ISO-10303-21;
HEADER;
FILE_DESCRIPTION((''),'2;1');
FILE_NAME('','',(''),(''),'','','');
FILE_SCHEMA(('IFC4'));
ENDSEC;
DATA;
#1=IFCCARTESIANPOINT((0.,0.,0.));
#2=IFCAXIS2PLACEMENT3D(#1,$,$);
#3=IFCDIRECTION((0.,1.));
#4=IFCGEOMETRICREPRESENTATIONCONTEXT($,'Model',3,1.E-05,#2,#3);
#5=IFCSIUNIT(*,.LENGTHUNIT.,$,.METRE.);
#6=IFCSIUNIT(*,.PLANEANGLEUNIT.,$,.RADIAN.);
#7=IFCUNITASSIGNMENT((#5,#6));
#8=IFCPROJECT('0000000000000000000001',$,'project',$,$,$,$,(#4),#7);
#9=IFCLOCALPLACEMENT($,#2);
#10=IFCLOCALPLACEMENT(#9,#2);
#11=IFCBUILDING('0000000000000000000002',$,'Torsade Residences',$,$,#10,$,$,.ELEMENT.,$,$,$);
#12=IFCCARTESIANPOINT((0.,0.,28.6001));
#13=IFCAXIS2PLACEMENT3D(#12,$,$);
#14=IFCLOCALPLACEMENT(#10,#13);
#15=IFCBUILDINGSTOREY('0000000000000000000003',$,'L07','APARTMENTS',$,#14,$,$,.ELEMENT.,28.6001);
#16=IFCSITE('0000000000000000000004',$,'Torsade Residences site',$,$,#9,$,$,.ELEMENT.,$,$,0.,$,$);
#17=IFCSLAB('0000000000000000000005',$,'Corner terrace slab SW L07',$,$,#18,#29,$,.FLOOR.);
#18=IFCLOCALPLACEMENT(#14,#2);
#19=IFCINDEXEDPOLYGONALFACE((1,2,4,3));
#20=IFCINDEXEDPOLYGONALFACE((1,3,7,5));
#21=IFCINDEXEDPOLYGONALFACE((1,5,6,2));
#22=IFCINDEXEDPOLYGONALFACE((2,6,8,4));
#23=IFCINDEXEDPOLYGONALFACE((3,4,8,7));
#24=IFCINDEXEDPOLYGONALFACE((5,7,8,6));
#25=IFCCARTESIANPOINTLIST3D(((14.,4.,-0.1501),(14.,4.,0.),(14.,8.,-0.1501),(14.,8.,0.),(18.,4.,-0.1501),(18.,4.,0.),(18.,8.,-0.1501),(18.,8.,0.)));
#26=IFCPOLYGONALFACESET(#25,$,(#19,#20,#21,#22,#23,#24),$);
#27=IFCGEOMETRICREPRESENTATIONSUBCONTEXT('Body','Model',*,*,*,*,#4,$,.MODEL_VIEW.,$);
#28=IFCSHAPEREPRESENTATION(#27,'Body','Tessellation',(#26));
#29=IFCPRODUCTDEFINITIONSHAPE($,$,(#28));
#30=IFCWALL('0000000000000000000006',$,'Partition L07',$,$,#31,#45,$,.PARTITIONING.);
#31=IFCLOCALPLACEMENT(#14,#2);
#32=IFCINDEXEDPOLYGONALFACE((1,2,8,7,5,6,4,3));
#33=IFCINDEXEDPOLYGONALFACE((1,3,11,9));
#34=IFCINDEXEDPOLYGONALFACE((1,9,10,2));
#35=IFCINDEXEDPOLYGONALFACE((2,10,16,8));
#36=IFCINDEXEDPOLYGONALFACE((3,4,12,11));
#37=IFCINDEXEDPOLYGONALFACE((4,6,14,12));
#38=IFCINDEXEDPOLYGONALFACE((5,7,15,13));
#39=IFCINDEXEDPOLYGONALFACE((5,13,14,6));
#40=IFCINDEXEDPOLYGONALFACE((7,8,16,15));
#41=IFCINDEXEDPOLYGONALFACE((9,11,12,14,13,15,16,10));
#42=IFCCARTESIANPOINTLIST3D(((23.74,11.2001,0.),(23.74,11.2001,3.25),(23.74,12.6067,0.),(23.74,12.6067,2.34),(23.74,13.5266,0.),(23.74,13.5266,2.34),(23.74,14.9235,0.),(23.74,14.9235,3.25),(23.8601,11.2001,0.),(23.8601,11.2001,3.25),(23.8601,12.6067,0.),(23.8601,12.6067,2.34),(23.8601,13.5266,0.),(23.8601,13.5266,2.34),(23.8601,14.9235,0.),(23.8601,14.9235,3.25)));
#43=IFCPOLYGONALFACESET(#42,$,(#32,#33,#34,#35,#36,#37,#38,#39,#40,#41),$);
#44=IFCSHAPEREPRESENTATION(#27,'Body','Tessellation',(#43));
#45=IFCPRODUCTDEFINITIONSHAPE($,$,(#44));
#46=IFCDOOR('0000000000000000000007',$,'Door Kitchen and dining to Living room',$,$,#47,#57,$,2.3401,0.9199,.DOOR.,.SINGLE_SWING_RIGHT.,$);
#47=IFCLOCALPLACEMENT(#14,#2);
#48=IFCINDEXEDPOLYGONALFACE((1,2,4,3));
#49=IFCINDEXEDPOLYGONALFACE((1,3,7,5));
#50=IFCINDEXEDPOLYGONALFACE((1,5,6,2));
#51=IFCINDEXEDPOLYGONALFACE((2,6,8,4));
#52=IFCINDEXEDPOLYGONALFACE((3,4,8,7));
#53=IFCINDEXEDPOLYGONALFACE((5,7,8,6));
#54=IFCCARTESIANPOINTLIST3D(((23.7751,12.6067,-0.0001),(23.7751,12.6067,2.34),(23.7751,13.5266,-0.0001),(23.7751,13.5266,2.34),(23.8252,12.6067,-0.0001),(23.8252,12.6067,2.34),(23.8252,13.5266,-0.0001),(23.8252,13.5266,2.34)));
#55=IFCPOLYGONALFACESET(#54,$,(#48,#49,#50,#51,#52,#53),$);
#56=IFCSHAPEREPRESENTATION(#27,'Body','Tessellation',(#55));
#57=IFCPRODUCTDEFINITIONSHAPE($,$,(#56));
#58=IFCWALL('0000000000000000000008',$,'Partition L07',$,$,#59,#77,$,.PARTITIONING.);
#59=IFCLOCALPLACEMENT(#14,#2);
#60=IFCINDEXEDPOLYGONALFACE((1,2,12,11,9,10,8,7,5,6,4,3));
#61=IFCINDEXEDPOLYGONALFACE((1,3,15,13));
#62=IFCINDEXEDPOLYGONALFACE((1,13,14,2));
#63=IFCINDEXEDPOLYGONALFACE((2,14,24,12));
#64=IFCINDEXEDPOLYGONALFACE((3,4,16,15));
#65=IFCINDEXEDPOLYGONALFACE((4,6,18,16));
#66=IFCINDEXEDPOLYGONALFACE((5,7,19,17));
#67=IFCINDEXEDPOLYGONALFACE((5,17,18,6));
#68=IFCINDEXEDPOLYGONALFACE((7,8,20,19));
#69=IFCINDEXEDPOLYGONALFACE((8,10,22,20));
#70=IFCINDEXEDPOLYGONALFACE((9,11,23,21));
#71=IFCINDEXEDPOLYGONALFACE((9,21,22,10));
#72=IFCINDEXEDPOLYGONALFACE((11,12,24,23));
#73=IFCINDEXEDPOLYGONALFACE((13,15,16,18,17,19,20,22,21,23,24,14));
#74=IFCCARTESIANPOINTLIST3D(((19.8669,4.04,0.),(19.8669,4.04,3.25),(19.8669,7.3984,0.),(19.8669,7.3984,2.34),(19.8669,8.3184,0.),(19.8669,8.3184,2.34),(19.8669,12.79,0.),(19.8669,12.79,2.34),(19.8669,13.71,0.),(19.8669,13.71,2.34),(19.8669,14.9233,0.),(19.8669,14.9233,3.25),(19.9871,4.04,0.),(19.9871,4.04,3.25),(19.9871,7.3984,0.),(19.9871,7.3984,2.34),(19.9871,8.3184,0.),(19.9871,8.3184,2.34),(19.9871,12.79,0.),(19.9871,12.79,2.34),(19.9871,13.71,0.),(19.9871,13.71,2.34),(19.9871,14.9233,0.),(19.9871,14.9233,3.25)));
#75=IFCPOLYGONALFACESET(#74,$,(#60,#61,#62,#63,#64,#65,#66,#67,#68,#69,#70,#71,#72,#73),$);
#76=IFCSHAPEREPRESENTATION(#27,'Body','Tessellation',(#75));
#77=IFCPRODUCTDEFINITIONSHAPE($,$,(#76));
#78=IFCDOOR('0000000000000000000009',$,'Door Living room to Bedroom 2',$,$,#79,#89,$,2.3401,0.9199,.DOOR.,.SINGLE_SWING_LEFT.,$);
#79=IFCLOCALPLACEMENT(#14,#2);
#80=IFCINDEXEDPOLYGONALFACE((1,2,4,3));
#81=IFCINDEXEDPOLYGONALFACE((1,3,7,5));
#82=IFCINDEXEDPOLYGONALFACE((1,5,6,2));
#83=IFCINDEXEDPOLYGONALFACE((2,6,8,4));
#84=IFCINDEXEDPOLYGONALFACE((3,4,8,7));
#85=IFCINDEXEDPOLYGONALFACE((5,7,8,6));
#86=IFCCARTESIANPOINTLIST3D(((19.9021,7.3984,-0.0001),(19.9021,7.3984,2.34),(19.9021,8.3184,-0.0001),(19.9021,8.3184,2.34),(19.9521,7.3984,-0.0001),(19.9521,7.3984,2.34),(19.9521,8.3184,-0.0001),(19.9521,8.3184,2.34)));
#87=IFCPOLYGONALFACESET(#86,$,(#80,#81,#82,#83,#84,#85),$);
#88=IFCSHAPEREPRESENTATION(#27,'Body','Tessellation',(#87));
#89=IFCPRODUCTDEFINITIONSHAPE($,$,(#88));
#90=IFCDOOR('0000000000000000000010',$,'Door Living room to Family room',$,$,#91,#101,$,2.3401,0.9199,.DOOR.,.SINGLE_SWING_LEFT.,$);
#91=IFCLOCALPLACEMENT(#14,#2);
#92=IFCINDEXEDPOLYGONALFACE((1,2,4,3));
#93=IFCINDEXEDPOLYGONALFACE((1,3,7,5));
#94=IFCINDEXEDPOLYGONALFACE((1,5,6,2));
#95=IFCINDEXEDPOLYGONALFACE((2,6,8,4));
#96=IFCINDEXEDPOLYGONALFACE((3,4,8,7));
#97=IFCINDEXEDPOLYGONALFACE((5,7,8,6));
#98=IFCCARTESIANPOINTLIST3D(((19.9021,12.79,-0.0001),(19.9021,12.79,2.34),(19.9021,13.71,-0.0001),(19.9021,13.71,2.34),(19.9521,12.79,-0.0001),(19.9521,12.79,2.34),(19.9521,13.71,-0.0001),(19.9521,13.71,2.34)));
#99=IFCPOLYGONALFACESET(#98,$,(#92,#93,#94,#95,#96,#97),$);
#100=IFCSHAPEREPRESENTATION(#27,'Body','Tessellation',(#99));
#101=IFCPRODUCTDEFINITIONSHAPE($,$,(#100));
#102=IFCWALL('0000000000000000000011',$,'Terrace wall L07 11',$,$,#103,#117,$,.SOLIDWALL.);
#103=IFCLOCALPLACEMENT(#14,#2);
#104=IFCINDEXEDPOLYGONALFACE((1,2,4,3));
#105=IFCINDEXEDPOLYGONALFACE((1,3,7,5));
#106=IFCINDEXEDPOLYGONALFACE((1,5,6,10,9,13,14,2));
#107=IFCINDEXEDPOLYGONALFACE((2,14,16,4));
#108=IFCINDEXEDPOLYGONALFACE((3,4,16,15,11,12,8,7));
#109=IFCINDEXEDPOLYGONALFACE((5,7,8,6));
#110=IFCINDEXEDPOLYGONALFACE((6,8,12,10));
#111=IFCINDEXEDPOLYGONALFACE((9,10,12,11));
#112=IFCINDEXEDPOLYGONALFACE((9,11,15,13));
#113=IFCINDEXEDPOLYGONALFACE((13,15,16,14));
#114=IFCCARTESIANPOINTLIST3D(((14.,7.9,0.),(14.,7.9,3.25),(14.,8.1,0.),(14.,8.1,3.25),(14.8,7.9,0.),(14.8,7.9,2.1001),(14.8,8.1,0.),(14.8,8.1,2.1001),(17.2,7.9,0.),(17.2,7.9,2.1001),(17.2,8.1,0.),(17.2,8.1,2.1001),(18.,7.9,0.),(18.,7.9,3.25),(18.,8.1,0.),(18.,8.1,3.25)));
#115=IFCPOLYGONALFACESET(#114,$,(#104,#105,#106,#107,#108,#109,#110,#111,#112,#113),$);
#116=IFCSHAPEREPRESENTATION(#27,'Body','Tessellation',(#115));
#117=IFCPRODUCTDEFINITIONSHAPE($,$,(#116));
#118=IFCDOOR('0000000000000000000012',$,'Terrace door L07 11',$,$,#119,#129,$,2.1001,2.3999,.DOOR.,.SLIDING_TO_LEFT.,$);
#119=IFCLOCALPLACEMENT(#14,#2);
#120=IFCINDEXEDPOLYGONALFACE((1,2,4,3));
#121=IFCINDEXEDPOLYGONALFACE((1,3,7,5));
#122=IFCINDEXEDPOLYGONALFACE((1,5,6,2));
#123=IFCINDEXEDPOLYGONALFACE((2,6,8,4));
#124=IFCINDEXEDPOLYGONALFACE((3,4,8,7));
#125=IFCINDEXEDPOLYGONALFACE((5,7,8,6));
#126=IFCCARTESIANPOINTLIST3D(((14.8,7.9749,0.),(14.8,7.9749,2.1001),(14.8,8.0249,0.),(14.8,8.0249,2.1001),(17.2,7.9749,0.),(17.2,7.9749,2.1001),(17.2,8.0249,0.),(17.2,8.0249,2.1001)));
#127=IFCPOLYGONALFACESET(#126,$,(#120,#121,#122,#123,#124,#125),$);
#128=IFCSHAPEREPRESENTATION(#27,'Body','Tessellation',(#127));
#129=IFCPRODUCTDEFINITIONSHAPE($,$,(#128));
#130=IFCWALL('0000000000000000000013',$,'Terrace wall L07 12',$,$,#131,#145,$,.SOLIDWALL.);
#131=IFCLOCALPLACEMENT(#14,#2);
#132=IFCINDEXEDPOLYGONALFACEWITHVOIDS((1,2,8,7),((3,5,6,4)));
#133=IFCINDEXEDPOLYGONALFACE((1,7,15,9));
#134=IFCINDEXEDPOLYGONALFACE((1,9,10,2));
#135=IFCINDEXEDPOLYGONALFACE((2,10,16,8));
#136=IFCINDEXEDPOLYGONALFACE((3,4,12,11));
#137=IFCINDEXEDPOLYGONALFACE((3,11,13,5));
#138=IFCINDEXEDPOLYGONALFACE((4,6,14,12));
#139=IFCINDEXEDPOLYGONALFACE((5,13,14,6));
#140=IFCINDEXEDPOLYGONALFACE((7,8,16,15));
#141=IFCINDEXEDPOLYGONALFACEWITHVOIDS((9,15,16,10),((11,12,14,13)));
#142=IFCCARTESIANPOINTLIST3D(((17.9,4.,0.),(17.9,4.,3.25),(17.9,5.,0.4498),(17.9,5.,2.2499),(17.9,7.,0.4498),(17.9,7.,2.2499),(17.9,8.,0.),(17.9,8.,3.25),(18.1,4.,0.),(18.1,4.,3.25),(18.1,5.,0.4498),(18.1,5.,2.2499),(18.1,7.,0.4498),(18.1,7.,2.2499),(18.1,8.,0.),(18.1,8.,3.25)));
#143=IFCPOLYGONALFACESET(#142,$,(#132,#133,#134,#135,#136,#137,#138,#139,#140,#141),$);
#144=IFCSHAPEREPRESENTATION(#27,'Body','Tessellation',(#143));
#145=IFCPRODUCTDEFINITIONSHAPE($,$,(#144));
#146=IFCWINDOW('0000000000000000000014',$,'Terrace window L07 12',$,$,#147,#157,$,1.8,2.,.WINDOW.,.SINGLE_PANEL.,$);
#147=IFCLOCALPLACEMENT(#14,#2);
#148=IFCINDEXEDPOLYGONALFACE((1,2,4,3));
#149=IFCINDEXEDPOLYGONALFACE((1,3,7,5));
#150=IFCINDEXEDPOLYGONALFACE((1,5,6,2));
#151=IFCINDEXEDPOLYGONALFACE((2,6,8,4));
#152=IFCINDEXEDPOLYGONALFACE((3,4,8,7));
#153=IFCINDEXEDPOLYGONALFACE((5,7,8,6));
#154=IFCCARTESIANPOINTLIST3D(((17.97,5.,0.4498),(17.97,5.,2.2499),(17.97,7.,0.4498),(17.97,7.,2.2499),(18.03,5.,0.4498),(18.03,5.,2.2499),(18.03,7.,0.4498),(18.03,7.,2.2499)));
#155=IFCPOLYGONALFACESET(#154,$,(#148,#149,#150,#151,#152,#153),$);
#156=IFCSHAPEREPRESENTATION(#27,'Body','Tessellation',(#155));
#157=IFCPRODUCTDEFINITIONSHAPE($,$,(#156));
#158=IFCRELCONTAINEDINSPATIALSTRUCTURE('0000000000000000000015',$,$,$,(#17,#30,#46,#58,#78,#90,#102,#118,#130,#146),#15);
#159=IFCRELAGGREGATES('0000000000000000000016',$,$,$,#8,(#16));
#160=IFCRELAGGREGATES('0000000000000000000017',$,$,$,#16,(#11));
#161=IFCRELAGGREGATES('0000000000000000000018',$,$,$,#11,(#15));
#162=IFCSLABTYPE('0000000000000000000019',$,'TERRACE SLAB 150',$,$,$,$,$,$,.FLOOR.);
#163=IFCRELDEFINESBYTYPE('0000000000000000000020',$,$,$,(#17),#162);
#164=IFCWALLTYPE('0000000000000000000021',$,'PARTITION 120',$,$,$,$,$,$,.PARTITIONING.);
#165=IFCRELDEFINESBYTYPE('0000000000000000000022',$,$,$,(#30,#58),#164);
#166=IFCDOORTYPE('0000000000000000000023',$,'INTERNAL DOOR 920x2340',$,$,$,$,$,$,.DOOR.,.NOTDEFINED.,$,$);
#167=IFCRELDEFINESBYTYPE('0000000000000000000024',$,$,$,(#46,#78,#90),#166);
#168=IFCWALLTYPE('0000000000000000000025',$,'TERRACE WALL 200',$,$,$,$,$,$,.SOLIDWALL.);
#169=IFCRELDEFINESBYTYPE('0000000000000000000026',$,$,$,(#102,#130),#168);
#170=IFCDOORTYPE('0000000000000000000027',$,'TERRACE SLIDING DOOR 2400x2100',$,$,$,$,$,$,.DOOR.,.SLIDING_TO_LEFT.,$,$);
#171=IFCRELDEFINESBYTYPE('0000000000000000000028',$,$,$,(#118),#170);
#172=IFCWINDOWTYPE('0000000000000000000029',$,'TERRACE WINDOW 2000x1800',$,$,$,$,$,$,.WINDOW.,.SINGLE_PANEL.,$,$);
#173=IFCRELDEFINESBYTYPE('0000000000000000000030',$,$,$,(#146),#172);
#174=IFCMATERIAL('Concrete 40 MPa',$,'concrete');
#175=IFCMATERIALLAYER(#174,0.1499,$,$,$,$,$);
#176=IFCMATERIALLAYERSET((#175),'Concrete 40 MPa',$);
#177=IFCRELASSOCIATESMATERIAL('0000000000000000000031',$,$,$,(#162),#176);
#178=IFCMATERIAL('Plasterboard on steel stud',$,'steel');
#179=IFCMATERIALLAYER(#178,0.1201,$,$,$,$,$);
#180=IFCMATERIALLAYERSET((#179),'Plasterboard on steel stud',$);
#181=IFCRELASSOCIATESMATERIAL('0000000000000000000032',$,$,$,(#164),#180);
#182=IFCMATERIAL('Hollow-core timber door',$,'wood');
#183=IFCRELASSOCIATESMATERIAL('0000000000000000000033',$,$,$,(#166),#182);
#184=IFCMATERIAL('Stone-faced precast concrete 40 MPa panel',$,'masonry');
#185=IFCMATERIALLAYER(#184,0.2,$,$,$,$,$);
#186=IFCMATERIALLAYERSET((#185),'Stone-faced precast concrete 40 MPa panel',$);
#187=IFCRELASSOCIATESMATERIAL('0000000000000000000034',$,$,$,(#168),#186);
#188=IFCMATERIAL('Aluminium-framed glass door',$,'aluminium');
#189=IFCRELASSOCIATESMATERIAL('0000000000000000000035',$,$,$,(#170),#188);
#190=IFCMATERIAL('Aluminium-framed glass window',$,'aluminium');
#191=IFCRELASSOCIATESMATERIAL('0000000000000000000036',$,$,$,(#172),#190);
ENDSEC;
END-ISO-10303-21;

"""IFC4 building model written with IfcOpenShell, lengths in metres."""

from ifc_helpers import new_model, si_unit, direction, frame, frame_2d, origin, place, context, subcontext, project, spatial, polyline, rectangle, outline, extrude, material, layer, layer_set, type_object, element, fill, save


model = new_model("IFC4")

# Units and contexts
model_context = context("Model", 3, precision=1e-05, world=origin(), true_north=direction((0.0, 1.0)))
body_context = subcontext(model_context, "Body", "Model", "MODEL_VIEW")
ifc_project = project(units=[si_unit("LENGTHUNIT", "METRE"), si_unit("PLANEANGLEUNIT", "RADIAN")], contexts=[model_context])

# Site, building, storey
site_placement = place(None, origin())
site = spatial("IfcSite", under=ifc_project, at=site_placement, Name="Torsade Residences site", CompositionType="ELEMENT", RefElevation=0.0)
building_placement = place(site_placement, origin())
building = spatial("IfcBuilding", under=site, at=building_placement, Name="Torsade Residences", CompositionType="ELEMENT")
storey_placement = place(building_placement, frame((0.0, 0.0, 28.6001)))
storey = spatial("IfcBuildingStorey", under=building, at=storey_placement, Name="L07", Description="APARTMENTS", CompositionType="ELEMENT", Elevation=28.6001)

# Slab
ifc_material_1 = material(Name="Concrete 40 MPa", Category="concrete")
ifc_layer_1 = layer(ifc_material_1, 0.1499)
ifc_layer_set_1 = layer_set([ifc_layer_1], Name="Concrete 40 MPa")
slab_type_1 = type_object("IfcSlabType", Name="TERRACE SLAB 150", PredefinedType="FLOOR", material=ifc_layer_set_1)
slab_1_placement = place(storey_placement, frame((0.0, 0.0, -0.1501)))
element("IfcSlab", 1, at=slab_1_placement, inside=storey, type_object=slab_type_1, Name="Corner terrace slab SW L07", PredefinedType="FLOOR", context=body_context, shape_type="SweptSolid", body=[
    extrude(outline(polyline([(14.0, 4.0), (18.0, 4.0), (18.0, 8.0), (14.0, 8.0), (14.0, 4.0)])), origin(), (0.0, 0.0, 1.0), 0.1501),
])

# Wall, opening, door
ifc_material_2 = material(Name="Plasterboard on steel stud", Category="steel")
ifc_layer_2 = layer(ifc_material_2, 0.1201)
ifc_layer_set_2 = layer_set([ifc_layer_2], Name="Plasterboard on steel stud")
wall_type_1 = type_object("IfcWallType", Name="PARTITION 120", PredefinedType="PARTITIONING", material=ifc_layer_set_2)
wall_1_placement = place(storey_placement, frame((23.8, 11.2, 0.0), z_axis=(0.0, 0.0, 1.0), x_axis=(0.0, 1.0, 0.0)))
wall_1 = element("IfcWall", 2, at=wall_1_placement, inside=storey, type_object=wall_type_1, Name="Partition L07", PredefinedType="PARTITIONING", context=body_context, shape_type="SweptSolid", body=[
    extrude(rectangle(XDim=3.7234, YDim=0.1201, at=frame_2d((1.8618, 0.0))), origin(), (0.0, 0.0, 1.0), 3.25),
])
opening_1_placement = place(wall_1_placement, frame((1.4067, 0.0, 0.0)))
opening_1 = element("IfcOpeningElement", 3, at=opening_1_placement, cuts=wall_1, PredefinedType="OPENING", context=body_context, shape_type="SweptSolid", body=[
    extrude(rectangle(XDim=0.9199, YDim=2.3401, at=frame_2d((0.46, 1.1699))), frame((0.0, 0.0701, 0.0), z_axis=(0.0, -1.0, 0.0), x_axis=(1.0, 0.0, 0.0)), (0.0, 0.0, 1.0), 0.1401),
])
ifc_material_3 = material(Name="Hollow-core timber door", Category="wood")
door_type_1 = type_object("IfcDoorType", Name="INTERNAL DOOR 920x2340", OperationType="NOTDEFINED", PredefinedType="DOOR", material=ifc_material_3)
door_1_placement = place(opening_1_placement, origin())
door_1 = element("IfcDoor", 4, at=door_1_placement, inside=storey, type_object=door_type_1, Name="Door Kitchen and dining to Living room", OperationType="SINGLE_SWING_RIGHT", OverallHeight=2.3401, OverallWidth=0.9199, PredefinedType="DOOR", context=body_context, shape_type="SweptSolid", body=[
    extrude(rectangle(XDim=0.9199, YDim=2.3401, at=frame_2d((0.46, 1.1699))), frame((0.0, 0.0249, 0.0), z_axis=(0.0, -1.0, 0.0), x_axis=(1.0, 0.0, 0.0)), (0.0, 0.0, 1.0), 0.05),
])
fill(opening_1, door_1)

# Wall, openings, doors
wall_2_placement = place(storey_placement, frame((19.927, 4.04, 0.0), z_axis=(0.0, 0.0, 1.0), x_axis=(0.0, 1.0, 0.0)))
wall_2 = element("IfcWall", 5, at=wall_2_placement, inside=storey, type_object=wall_type_1, Name="Partition L07", PredefinedType="PARTITIONING", context=body_context, shape_type="SweptSolid", body=[
    extrude(rectangle(XDim=10.8833, YDim=0.1201, at=frame_2d((5.4417, 0.0))), origin(), (0.0, 0.0, 1.0), 3.25),
])
opening_2_placement = place(wall_2_placement, frame((3.3584, 0.0, 0.0)))
opening_2 = element("IfcOpeningElement", 6, at=opening_2_placement, cuts=wall_2, PredefinedType="OPENING", context=body_context, shape_type="SweptSolid", body=[
    extrude(rectangle(XDim=0.9199, YDim=2.3401, at=frame_2d((0.46, 1.1699))), frame((0.0, 0.0701, 0.0), z_axis=(0.0, -1.0, 0.0), x_axis=(1.0, 0.0, 0.0)), (0.0, 0.0, 1.0), 0.1401),
])
opening_3_placement = place(wall_2_placement, frame((8.75, 0.0, 0.0)))
opening_3 = element("IfcOpeningElement", 7, at=opening_3_placement, cuts=wall_2, PredefinedType="OPENING", context=body_context, shape_type="SweptSolid", body=[
    extrude(rectangle(XDim=0.9199, YDim=2.3401, at=frame_2d((0.46, 1.1699))), frame((0.0, 0.0701, 0.0), z_axis=(0.0, -1.0, 0.0), x_axis=(1.0, 0.0, 0.0)), (0.0, 0.0, 1.0), 0.1401),
])
door_2_placement = place(opening_2_placement, origin())
door_2 = element("IfcDoor", 8, at=door_2_placement, inside=storey, type_object=door_type_1, Name="Door Living room to Bedroom 2", OperationType="SINGLE_SWING_LEFT", OverallHeight=2.3401, OverallWidth=0.9199, PredefinedType="DOOR", context=body_context, shape_type="SweptSolid", body=[
    extrude(rectangle(XDim=0.9199, YDim=2.3401, at=frame_2d((0.46, 1.1699))), frame((0.0, 0.0249, 0.0), z_axis=(0.0, -1.0, 0.0), x_axis=(1.0, 0.0, 0.0)), (0.0, 0.0, 1.0), 0.05),
])
fill(opening_2, door_2)
door_3_placement = place(opening_3_placement, origin())
door_3 = element("IfcDoor", 9, at=door_3_placement, inside=storey, type_object=door_type_1, Name="Door Living room to Family room", OperationType="SINGLE_SWING_LEFT", OverallHeight=2.3401, OverallWidth=0.9199, PredefinedType="DOOR", context=body_context, shape_type="SweptSolid", body=[
    extrude(rectangle(XDim=0.9199, YDim=2.3401, at=frame_2d((0.46, 1.1699))), frame((0.0, 0.0249, 0.0), z_axis=(0.0, -1.0, 0.0), x_axis=(1.0, 0.0, 0.0)), (0.0, 0.0, 1.0), 0.05),
])
fill(opening_3, door_3)

# Wall, opening, door
ifc_material_4 = material(Name="Stone-faced precast concrete 40 MPa panel", Category="masonry")
ifc_layer_3 = layer(ifc_material_4, 0.2)
ifc_layer_set_3 = layer_set([ifc_layer_3], Name="Stone-faced precast concrete 40 MPa panel")
wall_type_2 = type_object("IfcWallType", Name="TERRACE WALL 200", PredefinedType="SOLIDWALL", material=ifc_layer_set_3)
wall_3_placement = place(storey_placement, frame((14.0, 8.0, 0.0), z_axis=(0.0, 0.0, 1.0), x_axis=(1.0, 0.0, 0.0)))
wall_3 = element("IfcWall", 10, at=wall_3_placement, inside=storey, type_object=wall_type_2, Name="Terrace wall L07 11", PredefinedType="SOLIDWALL", context=body_context, shape_type="SweptSolid", body=[
    extrude(rectangle(XDim=4.0, YDim=0.2, at=frame_2d((2.0, 0.0))), origin(), (0.0, 0.0, 1.0), 3.25),
])
opening_4_placement = place(wall_3_placement, frame((0.8, 0.0, 0.0)))
opening_4 = element("IfcOpeningElement", 11, at=opening_4_placement, cuts=wall_3, PredefinedType="OPENING", context=body_context, shape_type="SweptSolid", body=[
    extrude(rectangle(XDim=2.3999, YDim=2.1001, at=frame_2d((1.2, 1.05))), frame((0.0, 0.1099, 0.0), z_axis=(0.0, -1.0, 0.0), x_axis=(1.0, 0.0, 0.0)), (0.0, 0.0, 1.0), 0.22),
])
ifc_material_5 = material(Name="Aluminium-framed glass door", Category="aluminium")
door_type_2 = type_object("IfcDoorType", Name="TERRACE SLIDING DOOR 2400x2100", OperationType="SLIDING_TO_LEFT", PredefinedType="DOOR", material=ifc_material_5)
door_4_placement = place(opening_4_placement, origin())
door_4 = element("IfcDoor", 12, at=door_4_placement, inside=storey, type_object=door_type_2, Name="Terrace door L07 11", OperationType="SLIDING_TO_LEFT", OverallHeight=2.1001, OverallWidth=2.3999, PredefinedType="DOOR", context=body_context, shape_type="SweptSolid", body=[
    extrude(rectangle(XDim=2.3999, YDim=2.1001, at=frame_2d((1.2, 1.05))), frame((0.0, 0.0249, 0.0), z_axis=(0.0, -1.0, 0.0), x_axis=(1.0, 0.0, 0.0)), (0.0, 0.0, 1.0), 0.05),
])
fill(opening_4, door_4)

# Wall, opening, window
wall_4_placement = place(storey_placement, frame((18.0, 8.0, 0.0), z_axis=(0.0, 0.0, 1.0), x_axis=(0.0, -1.0, 0.0)))
wall_4 = element("IfcWall", 13, at=wall_4_placement, inside=storey, type_object=wall_type_2, Name="Terrace wall L07 12", PredefinedType="SOLIDWALL", context=body_context, shape_type="SweptSolid", body=[
    extrude(rectangle(XDim=4.0, YDim=0.2, at=frame_2d((2.0, 0.0))), origin(), (0.0, 0.0, 1.0), 3.25),
])
opening_5_placement = place(wall_4_placement, frame((1.0, 0.0, 0.45)))
opening_5 = element("IfcOpeningElement", 14, at=opening_5_placement, cuts=wall_4, PredefinedType="OPENING", context=body_context, shape_type="SweptSolid", body=[
    extrude(rectangle(XDim=2.0, YDim=1.8, at=frame_2d((1.0, 0.8999))), frame((0.0, 0.1099, 0.0), z_axis=(0.0, -1.0, 0.0), x_axis=(1.0, 0.0, 0.0)), (0.0, 0.0, 1.0), 0.22),
])
ifc_material_6 = material(Name="Aluminium-framed glass window", Category="aluminium")
window_type = type_object("IfcWindowType", Name="TERRACE WINDOW 2000x1800", PartitioningType="SINGLE_PANEL", PredefinedType="WINDOW", material=ifc_material_6)
window_placement = place(opening_5_placement, origin())
window = element("IfcWindow", 15, at=window_placement, inside=storey, type_object=window_type, Name="Terrace window L07 12", OverallHeight=1.8, OverallWidth=2.0, PartitioningType="SINGLE_PANEL", PredefinedType="WINDOW", context=body_context, shape_type="SweptSolid", body=[
    extrude(rectangle(XDim=2.0, YDim=1.8, at=frame_2d((1.0, 0.8999))), frame((0.0, 0.03, 0.0), z_axis=(0.0, -1.0, 0.0), x_axis=(1.0, 0.0, 0.0)), (0.0, 0.0, 1.0), 0.0601),
])
fill(opening_5, window)

save(model, "model.ifc")
